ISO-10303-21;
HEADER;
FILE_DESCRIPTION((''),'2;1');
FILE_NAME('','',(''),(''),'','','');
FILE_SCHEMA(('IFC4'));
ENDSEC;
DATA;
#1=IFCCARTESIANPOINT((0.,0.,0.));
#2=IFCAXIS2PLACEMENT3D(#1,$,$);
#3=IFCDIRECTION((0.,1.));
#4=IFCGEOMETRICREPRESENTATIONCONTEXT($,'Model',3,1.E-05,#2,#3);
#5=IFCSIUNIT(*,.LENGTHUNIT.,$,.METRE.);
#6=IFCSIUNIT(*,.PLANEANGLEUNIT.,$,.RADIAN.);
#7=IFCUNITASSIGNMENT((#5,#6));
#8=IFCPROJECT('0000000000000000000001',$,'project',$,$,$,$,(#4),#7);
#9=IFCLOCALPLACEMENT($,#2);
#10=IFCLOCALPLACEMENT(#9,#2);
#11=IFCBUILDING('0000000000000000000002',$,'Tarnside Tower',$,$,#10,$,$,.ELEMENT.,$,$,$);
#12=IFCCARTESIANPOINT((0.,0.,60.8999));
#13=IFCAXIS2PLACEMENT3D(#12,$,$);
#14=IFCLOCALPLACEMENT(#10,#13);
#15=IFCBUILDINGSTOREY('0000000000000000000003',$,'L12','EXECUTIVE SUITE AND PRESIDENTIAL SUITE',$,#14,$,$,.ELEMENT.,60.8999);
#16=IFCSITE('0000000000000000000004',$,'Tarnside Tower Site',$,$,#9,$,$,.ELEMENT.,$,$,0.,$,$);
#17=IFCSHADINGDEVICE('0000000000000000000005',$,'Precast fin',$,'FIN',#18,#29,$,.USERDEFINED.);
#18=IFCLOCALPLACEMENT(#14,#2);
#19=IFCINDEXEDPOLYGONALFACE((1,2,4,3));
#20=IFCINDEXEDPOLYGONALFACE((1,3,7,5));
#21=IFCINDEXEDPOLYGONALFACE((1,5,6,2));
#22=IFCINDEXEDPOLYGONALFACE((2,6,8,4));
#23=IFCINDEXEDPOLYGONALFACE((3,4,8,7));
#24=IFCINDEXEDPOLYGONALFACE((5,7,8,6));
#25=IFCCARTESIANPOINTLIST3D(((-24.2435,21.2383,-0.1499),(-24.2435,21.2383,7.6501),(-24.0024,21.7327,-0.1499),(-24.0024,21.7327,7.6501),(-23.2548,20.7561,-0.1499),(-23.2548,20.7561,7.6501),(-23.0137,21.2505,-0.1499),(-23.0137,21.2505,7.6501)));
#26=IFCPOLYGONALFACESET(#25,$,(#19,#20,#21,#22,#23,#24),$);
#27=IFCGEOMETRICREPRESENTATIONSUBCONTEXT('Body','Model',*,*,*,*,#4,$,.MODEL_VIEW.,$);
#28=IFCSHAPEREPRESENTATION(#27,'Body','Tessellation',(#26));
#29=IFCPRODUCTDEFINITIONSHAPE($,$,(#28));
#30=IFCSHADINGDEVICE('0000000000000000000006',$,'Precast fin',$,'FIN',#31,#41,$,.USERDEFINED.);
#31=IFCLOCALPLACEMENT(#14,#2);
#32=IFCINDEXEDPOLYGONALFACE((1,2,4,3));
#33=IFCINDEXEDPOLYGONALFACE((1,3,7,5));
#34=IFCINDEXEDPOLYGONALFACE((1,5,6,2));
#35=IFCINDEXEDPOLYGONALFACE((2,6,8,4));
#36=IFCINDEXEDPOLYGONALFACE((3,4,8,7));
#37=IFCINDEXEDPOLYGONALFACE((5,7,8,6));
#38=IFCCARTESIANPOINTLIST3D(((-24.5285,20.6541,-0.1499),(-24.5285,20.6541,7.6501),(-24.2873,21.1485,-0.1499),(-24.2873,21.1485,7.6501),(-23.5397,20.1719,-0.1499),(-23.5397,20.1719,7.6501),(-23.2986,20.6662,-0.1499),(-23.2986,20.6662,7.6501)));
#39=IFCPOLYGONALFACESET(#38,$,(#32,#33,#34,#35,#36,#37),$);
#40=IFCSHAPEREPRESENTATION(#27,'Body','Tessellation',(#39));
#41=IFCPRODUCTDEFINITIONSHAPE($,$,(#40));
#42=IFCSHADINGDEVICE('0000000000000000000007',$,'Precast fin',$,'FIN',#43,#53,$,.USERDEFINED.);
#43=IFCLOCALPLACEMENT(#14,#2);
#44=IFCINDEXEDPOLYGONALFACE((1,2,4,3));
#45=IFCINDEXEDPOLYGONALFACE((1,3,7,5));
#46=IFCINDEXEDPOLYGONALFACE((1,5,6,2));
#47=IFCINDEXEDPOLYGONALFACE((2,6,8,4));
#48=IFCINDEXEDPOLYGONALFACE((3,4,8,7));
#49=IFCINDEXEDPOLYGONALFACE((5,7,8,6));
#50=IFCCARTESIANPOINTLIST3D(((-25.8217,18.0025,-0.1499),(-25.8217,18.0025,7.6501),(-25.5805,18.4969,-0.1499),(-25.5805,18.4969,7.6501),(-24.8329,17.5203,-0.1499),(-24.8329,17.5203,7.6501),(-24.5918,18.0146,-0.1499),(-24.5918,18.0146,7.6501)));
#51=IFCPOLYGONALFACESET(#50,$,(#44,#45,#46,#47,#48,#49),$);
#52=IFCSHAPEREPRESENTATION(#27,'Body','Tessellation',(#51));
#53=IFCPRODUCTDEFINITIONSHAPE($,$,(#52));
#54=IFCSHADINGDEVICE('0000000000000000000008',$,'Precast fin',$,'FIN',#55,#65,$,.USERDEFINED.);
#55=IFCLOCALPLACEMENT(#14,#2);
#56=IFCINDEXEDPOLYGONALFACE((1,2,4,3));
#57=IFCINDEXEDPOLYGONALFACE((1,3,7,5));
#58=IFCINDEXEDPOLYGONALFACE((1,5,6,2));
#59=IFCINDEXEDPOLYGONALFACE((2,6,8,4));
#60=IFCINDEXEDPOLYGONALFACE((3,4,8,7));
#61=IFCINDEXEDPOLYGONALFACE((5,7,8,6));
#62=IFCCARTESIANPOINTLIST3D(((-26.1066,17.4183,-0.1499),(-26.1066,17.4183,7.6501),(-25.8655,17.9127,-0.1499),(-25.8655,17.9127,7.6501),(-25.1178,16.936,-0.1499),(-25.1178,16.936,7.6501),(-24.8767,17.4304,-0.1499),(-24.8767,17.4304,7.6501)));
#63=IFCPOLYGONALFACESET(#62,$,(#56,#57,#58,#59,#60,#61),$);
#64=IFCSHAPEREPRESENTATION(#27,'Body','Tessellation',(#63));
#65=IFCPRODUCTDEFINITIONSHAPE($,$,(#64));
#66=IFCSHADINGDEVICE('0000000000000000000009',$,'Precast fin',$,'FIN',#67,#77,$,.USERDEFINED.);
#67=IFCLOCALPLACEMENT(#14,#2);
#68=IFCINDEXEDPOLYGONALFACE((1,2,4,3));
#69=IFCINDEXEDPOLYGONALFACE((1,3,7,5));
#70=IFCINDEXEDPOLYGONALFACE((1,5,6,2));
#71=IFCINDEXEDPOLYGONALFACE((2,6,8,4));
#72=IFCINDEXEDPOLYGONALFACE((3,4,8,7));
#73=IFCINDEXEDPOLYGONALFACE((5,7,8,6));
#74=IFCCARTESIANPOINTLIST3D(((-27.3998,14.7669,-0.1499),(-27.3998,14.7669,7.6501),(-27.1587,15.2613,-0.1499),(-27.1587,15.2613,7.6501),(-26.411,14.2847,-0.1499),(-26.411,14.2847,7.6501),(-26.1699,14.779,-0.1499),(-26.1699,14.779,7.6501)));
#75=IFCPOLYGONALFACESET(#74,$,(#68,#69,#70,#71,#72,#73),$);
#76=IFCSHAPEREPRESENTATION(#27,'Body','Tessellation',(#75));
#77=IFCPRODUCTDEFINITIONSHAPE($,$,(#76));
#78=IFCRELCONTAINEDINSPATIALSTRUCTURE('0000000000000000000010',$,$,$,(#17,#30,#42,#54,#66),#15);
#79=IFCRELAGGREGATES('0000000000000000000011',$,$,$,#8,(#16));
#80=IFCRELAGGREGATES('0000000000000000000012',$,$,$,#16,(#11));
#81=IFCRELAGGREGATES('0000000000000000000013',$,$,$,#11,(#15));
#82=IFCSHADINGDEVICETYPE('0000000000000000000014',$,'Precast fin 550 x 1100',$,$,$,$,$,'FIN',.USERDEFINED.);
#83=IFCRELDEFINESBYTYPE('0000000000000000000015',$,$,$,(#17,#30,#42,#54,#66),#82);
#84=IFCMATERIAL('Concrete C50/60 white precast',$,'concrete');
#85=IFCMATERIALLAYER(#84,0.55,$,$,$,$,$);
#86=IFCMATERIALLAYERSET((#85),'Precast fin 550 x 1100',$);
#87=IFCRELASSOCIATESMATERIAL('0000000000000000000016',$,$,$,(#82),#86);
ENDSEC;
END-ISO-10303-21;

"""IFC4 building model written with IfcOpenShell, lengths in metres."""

from ifc_helpers import new_model, si_unit, direction, frame, origin, place, context, subcontext, project, spatial, polyline, outline, extrude, material, layer, layer_set, type_object, element, save


model = new_model("IFC4")

# Units and contexts
model_context = context("Model", 3, precision=1e-05, world=origin(), true_north=direction((0.0, 1.0)))
body_context = subcontext(model_context, "Body", "Model", "MODEL_VIEW")
ifc_project = project(units=[si_unit("LENGTHUNIT", "METRE"), si_unit("PLANEANGLEUNIT", "RADIAN")], contexts=[model_context])

# Site, building, storey
site_placement = place(None, origin())
site = spatial("IfcSite", under=ifc_project, at=site_placement, Name="Tarnside Tower Site", CompositionType="ELEMENT", RefElevation=0.0)
building_placement = place(site_placement, origin())
building = spatial("IfcBuilding", under=site, at=building_placement, Name="Tarnside Tower", CompositionType="ELEMENT")
storey_placement = place(building_placement, frame((0.0, 0.0, 60.8999)))
storey = spatial("IfcBuildingStorey", under=building, at=storey_placement, Name="L12", Description="EXECUTIVE SUITE AND PRESIDENTIAL SUITE", CompositionType="ELEMENT", Elevation=60.8999)

# Shading devices
ifc_material_1 = material(Name="Concrete C50/60 white precast", Category="concrete")
ifc_layer_1 = layer(ifc_material_1, 0.55)
ifc_layer_set_1 = layer_set([ifc_layer_1], Name="Precast fin 550 x 1100")
shading_device_type = type_object("IfcShadingDeviceType", Name="Precast fin 550 x 1100", ElementType="FIN", PredefinedType="USERDEFINED", material=ifc_layer_set_1)
for number, where, z_axis, x_axis, name in (
    (1, (-23.1343, 21.0032, -0.1499), (0.438371, 0.898794, 0.0), (-0.898794, 0.438371, 0.0), "Precast fin"),
    (2, (-23.4192, 20.4189, -0.1499), (0.438371, 0.898794, 0.0), (-0.898794, 0.438371, 0.0), "Precast fin"),
    (3, (-24.7124, 17.7673, -0.1499), (0.438371, 0.898794, 0.0), (-0.898794, 0.438371, 0.0), "Precast fin"),
    (4, (-24.9973, 17.1831, -0.1499), (0.438371, 0.898794, 0.0), (-0.898794, 0.438371, 0.0), "Precast fin"),
    (5, (-26.2905, 14.5317, -0.1499), (0.438371, 0.898794, 0.0), (-0.898794, 0.438371, 0.0), "Precast fin"),
):
    element("IfcShadingDevice", number, at=place(storey_placement, frame(where, z_axis=z_axis, x_axis=x_axis)), inside=storey, type_object=shading_device_type, Name=name, ObjectType="FIN", PredefinedType="USERDEFINED", context=body_context, shape_type="SweptSolid", body=[
        extrude(outline(polyline([(0.0, 0.0), (1.1001, 0.0), (1.1001, 7.8), (0.0, 7.8), (0.0, 0.0)])), frame((0.0, 0.0, -0.2749)), (0.0, 0.0, 1.0), 0.55),
    ])

save(model, "model.ifc")
